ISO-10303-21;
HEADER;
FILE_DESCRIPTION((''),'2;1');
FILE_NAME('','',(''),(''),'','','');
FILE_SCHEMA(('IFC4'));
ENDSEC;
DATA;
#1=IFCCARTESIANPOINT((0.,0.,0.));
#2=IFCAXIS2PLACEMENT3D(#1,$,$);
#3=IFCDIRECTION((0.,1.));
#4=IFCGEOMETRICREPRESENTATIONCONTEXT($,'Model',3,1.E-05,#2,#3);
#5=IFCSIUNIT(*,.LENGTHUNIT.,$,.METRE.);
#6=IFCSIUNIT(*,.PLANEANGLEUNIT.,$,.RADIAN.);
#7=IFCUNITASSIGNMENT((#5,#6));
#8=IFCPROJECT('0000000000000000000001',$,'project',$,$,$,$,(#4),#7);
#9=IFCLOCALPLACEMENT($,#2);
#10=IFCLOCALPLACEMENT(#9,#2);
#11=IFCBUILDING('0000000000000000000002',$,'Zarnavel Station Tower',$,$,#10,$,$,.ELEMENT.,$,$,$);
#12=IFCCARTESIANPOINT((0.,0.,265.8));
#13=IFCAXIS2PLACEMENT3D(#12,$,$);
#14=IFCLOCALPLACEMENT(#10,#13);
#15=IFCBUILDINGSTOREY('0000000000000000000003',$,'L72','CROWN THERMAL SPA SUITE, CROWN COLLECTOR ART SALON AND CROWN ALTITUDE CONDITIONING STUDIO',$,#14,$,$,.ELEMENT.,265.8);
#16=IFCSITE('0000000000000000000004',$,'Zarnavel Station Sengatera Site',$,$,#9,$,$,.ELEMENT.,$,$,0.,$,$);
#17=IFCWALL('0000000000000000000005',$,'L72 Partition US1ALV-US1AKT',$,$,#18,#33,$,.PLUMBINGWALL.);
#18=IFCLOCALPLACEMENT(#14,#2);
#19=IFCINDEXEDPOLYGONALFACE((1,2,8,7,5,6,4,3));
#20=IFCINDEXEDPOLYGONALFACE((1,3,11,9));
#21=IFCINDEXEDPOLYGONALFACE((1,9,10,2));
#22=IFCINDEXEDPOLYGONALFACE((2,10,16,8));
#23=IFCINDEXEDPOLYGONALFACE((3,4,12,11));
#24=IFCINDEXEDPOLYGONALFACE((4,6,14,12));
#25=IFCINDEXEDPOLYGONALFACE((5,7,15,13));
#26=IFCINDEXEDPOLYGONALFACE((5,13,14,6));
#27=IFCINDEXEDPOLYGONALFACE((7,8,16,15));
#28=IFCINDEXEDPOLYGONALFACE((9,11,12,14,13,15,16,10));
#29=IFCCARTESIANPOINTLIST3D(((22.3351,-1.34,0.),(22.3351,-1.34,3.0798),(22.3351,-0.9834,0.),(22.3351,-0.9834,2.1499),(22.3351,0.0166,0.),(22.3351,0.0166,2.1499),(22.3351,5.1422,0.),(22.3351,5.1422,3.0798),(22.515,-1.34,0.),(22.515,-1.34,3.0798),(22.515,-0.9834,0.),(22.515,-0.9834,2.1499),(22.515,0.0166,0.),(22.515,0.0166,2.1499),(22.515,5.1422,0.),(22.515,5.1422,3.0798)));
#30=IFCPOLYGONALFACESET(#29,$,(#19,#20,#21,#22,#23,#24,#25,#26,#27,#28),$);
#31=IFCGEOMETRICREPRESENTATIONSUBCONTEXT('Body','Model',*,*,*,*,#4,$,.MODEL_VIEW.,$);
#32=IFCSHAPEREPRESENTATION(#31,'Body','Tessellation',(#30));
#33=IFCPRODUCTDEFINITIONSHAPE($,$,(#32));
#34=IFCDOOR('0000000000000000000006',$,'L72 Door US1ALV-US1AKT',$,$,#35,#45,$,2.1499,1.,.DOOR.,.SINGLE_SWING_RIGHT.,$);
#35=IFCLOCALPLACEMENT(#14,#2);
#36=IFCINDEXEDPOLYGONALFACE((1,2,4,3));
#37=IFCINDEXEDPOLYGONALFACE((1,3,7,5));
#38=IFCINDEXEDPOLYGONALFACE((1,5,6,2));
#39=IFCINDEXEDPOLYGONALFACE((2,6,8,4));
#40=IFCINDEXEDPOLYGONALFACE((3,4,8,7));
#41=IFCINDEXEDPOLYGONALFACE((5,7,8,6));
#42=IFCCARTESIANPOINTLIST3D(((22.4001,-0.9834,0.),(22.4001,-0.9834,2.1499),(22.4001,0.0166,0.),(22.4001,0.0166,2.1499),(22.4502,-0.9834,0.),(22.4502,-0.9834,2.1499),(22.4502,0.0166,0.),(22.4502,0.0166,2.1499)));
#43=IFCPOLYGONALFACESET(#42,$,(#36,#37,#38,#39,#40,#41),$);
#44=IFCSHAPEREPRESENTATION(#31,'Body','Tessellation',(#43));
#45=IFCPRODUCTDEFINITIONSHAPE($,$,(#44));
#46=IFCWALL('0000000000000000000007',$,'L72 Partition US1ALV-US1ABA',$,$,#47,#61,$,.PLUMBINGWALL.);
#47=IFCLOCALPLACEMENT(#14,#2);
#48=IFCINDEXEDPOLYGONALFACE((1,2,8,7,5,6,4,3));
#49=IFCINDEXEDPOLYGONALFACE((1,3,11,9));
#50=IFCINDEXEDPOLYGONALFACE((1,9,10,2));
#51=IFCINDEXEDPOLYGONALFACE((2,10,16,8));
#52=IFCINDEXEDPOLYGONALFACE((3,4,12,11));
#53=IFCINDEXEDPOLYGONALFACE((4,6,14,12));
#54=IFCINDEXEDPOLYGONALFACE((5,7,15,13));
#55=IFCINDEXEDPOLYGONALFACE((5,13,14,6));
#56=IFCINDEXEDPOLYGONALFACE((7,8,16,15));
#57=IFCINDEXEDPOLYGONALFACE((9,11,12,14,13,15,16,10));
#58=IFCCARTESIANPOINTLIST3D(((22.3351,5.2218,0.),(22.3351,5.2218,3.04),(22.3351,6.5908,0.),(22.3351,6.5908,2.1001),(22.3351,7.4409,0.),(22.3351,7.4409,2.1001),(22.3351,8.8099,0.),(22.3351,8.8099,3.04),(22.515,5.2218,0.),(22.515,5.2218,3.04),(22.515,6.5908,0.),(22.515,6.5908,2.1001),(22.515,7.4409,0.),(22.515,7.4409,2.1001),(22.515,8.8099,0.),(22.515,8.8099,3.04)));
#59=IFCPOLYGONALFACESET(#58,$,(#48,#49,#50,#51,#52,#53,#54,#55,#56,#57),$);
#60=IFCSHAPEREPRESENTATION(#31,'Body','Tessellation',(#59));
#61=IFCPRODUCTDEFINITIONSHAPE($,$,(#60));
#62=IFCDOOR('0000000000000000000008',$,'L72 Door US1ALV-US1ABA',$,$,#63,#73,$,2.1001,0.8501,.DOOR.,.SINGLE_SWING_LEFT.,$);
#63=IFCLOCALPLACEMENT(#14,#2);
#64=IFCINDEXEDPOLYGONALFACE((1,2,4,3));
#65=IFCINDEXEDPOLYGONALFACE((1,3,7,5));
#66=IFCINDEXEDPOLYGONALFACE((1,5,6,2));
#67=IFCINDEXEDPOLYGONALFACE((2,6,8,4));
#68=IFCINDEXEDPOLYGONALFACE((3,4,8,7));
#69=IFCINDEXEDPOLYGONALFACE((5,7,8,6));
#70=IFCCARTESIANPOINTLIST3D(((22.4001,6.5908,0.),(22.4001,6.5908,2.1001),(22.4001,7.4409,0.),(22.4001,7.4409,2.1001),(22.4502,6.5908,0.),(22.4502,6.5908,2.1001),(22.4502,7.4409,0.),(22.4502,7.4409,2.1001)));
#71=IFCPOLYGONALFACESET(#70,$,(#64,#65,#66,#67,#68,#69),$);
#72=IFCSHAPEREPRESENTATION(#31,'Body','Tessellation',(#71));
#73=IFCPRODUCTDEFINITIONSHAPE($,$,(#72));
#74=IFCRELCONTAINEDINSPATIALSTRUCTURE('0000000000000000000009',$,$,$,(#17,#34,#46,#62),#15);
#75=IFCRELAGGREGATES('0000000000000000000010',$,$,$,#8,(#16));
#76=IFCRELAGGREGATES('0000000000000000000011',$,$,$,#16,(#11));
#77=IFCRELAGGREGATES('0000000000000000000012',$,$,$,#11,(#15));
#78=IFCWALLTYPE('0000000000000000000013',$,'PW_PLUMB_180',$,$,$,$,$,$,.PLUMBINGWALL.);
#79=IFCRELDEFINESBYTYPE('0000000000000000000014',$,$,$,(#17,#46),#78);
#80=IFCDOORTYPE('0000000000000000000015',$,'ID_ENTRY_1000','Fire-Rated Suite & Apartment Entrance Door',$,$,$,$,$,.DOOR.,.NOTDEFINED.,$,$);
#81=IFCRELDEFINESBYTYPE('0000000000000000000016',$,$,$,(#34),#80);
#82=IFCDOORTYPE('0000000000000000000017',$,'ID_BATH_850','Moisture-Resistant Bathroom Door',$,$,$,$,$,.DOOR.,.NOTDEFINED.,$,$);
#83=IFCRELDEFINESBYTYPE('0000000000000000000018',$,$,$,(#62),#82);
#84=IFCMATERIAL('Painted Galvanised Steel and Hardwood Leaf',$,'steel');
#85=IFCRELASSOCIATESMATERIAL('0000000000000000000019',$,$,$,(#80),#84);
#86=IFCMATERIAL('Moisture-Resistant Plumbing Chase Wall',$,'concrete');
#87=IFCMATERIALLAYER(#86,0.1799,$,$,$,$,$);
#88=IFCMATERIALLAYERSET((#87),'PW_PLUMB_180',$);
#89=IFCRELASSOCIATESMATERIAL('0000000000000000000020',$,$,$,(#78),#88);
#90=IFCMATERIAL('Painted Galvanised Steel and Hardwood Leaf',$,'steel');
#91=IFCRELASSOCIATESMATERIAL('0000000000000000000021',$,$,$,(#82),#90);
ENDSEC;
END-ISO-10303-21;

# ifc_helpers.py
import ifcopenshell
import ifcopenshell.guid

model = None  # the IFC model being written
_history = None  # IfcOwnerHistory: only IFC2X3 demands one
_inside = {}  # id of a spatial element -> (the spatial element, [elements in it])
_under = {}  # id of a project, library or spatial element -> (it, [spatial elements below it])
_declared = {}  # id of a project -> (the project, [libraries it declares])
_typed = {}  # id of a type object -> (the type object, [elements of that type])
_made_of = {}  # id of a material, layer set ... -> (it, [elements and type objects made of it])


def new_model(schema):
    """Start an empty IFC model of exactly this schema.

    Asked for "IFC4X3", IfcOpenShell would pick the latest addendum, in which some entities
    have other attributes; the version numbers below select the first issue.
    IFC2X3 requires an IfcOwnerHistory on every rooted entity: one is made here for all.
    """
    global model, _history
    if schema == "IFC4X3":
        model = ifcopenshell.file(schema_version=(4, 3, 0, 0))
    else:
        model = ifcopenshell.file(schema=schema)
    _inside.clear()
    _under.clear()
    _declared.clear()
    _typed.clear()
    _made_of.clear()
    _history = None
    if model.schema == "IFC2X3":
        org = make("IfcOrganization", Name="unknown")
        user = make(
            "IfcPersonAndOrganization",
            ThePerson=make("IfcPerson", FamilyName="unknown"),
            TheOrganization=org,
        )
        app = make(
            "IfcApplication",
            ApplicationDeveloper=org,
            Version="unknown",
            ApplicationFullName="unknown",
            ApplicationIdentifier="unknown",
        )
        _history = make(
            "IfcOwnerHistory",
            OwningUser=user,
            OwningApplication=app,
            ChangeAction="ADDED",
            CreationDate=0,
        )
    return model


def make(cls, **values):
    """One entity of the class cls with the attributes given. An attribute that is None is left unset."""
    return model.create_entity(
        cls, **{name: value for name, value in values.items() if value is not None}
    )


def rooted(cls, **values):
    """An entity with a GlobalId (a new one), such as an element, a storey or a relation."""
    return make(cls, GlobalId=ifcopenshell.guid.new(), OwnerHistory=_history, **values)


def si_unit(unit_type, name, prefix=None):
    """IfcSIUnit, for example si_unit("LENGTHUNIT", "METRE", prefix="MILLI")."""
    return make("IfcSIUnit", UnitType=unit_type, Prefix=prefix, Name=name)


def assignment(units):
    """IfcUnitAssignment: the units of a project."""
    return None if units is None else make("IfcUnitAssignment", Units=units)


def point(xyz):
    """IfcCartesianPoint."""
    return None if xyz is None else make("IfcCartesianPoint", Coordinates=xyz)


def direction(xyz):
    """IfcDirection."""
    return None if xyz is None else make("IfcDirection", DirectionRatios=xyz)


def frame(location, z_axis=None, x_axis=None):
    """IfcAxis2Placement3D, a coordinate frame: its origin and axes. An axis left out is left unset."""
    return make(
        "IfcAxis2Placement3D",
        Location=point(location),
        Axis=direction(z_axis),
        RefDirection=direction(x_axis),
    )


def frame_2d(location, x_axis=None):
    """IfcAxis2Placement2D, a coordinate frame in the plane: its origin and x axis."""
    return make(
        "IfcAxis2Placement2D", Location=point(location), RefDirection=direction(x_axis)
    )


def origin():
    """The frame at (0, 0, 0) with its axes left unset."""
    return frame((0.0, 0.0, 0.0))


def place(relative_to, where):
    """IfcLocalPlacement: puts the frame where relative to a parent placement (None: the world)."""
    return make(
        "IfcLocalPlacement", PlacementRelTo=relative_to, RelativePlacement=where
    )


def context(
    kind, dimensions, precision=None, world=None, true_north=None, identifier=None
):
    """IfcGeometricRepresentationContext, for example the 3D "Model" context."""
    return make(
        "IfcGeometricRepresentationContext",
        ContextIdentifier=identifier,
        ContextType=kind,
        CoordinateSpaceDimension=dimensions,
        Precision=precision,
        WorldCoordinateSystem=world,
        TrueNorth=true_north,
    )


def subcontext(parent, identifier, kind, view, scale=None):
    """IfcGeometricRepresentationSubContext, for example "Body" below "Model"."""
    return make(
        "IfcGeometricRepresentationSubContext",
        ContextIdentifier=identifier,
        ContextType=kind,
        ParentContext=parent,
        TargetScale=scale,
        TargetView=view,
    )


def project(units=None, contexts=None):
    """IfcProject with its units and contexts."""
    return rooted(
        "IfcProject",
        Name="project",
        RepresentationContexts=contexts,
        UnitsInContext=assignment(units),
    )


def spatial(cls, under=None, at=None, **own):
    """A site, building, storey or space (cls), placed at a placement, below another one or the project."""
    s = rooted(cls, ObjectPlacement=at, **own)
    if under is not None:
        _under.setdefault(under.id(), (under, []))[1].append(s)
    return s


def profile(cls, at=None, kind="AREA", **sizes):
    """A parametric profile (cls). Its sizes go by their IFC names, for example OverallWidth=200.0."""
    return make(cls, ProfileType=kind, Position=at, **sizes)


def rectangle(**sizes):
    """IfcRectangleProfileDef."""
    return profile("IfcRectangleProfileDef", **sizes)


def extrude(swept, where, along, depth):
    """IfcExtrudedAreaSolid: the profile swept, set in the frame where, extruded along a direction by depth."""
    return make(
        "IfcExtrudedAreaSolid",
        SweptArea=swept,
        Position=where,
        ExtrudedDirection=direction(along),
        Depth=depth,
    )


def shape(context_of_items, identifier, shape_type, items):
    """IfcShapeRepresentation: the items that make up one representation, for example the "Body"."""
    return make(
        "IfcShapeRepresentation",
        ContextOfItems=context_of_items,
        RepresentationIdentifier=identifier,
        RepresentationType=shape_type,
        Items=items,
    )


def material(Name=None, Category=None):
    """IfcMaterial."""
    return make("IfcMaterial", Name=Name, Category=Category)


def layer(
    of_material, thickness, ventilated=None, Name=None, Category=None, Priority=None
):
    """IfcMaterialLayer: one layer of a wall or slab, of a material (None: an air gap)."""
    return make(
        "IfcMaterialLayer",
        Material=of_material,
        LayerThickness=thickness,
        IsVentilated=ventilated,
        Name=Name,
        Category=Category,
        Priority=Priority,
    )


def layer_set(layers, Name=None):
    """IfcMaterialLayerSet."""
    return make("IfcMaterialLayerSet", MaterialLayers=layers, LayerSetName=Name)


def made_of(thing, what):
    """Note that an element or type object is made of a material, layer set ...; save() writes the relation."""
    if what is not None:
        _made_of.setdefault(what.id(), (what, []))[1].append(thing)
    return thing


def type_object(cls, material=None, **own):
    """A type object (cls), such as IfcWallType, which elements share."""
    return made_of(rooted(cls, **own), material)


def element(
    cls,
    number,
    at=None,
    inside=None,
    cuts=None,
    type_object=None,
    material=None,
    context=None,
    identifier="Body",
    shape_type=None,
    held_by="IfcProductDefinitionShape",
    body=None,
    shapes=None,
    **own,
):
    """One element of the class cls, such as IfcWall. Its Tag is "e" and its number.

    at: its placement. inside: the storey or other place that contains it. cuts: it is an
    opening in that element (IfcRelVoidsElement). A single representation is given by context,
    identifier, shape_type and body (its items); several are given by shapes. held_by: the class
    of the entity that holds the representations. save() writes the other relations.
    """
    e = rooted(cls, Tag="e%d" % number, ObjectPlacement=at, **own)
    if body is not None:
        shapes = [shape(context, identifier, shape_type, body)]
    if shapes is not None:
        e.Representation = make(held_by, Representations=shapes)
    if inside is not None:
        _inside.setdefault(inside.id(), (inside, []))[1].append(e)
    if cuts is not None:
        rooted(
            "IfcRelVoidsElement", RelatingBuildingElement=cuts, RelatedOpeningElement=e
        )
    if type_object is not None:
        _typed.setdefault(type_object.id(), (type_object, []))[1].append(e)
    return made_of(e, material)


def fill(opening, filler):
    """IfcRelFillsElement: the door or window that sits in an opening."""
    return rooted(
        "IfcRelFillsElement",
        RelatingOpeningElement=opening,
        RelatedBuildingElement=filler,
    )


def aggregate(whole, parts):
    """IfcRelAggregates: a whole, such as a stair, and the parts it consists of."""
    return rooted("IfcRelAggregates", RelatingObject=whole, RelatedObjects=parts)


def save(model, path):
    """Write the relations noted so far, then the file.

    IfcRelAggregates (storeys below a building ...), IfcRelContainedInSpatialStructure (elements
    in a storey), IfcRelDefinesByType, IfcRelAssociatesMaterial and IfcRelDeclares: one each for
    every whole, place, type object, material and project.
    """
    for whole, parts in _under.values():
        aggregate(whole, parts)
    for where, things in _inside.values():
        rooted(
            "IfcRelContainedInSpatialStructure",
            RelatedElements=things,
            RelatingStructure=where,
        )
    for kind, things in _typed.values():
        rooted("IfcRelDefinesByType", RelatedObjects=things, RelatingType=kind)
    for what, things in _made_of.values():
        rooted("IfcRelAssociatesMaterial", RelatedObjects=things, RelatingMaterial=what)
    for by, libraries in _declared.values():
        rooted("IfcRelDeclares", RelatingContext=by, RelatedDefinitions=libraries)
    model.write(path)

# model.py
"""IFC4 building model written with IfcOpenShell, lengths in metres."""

from ifc_helpers import new_model, si_unit, direction, frame, frame_2d, origin, place, context, subcontext, project, spatial, rectangle, extrude, material, layer, layer_set, type_object, element, fill, save


model = new_model("IFC4")

# Units and contexts
model_context = context("Model", 3, precision=1e-05, world=origin(), true_north=direction((0.0, 1.0)))
body_context = subcontext(model_context, "Body", "Model", "MODEL_VIEW")
ifc_project = project(units=[si_unit("LENGTHUNIT", "METRE"), si_unit("PLANEANGLEUNIT", "RADIAN")], contexts=[model_context])

# Site, building, storey
site_placement = place(None, origin())
site = spatial("IfcSite", under=ifc_project, at=site_placement, Name="Zarnavel Station Sengatera Site", CompositionType="ELEMENT", RefElevation=0.0)
building_placement = place(site_placement, origin())
building = spatial("IfcBuilding", under=site, at=building_placement, Name="Zarnavel Station Tower", CompositionType="ELEMENT")
storey_placement = place(building_placement, frame((0.0, 0.0, 265.8)))
storey = spatial("IfcBuildingStorey", under=building, at=storey_placement, Name="L72", Description="CROWN THERMAL SPA SUITE, CROWN COLLECTOR ART SALON AND CROWN ALTITUDE CONDITIONING STUDIO", CompositionType="ELEMENT", Elevation=265.8)

# Shared definitions
ifc_material_1 = material(Name="Painted Galvanised Steel and Hardwood Leaf", Category="steel")
door_type_1 = type_object("IfcDoorType", Name="ID_ENTRY_1000", Description="Fire-Rated Suite & Apartment Entrance Door", OperationType="NOTDEFINED", PredefinedType="DOOR", material=ifc_material_1)

# Walls, openings, doors
ifc_material_2 = material(Name="Moisture-Resistant Plumbing Chase Wall", Category="concrete")
ifc_layer_1 = layer(ifc_material_2, 0.1799)
ifc_layer_set_1 = layer_set([ifc_layer_1], Name="PW_PLUMB_180")
wall_type_1 = type_object("IfcWallType", Name="PW_PLUMB_180", PredefinedType="PLUMBINGWALL", material=ifc_layer_set_1)
wall_1_placement = place(storey_placement, frame((22.425, -1.3401, 0.0), z_axis=(0.0, 0.0, 1.0), x_axis=(0.0, 1.0, 0.0)))
wall_1 = element("IfcWall", 1, at=wall_1_placement, inside=storey, type_object=wall_type_1, Name="L72 Partition US1ALV-US1AKT", PredefinedType="PLUMBINGWALL", context=body_context, shape_type="SweptSolid", body=[
    extrude(rectangle(XDim=6.4822, YDim=0.1799, at=frame_2d((3.2412, 0.0))), origin(), (0.0, 0.0, 1.0), 3.0798),
])
opening_1_placement = place(wall_1_placement, frame((0.3567, 0.0, 0.0)))
opening_1 = element("IfcOpeningElement", 2, at=opening_1_placement, cuts=wall_1, PredefinedType="OPENING", context=body_context, shape_type="SweptSolid", body=[
    extrude(rectangle(XDim=1.0, YDim=2.1499, at=frame_2d((0.5, 1.075))), frame((0.0, 0.0999, 0.0), z_axis=(0.0, -1.0, 0.0), x_axis=(1.0, 0.0, 0.0)), (0.0, 0.0, 1.0), 0.2),
])
door_1_placement = place(opening_1_placement, origin())
door_1 = element("IfcDoor", 3, at=door_1_placement, inside=storey, type_object=door_type_1, Name="L72 Door US1ALV-US1AKT", OperationType="SINGLE_SWING_RIGHT", OverallHeight=2.1499, OverallWidth=1.0, PredefinedType="DOOR", context=body_context, shape_type="SweptSolid", body=[
    extrude(rectangle(XDim=1.0, YDim=2.1499, at=frame_2d((0.5, 1.075))), frame((0.0, 0.0249, 0.0), z_axis=(0.0, -1.0, 0.0), x_axis=(1.0, 0.0, 0.0)), (0.0, 0.0, 1.0), 0.05),
])
fill(opening_1, door_1)
wall_2_placement = place(storey_placement, frame((22.425, 5.2219, 0.0), z_axis=(0.0, 0.0, 1.0), x_axis=(0.0, 1.0, 0.0)))
wall_2 = element("IfcWall", 4, at=wall_2_placement, inside=storey, type_object=wall_type_1, Name="L72 Partition US1ALV-US1ABA", PredefinedType="PLUMBINGWALL", context=body_context, shape_type="SweptSolid", body=[
    extrude(rectangle(XDim=3.5881, YDim=0.1799, at=frame_2d((1.7939, 0.0))), origin(), (0.0, 0.0, 1.0), 3.04),
])
opening_2_placement = place(wall_2_placement, frame((1.3689, 0.0, 0.0)))
opening_2 = element("IfcOpeningElement", 5, at=opening_2_placement, cuts=wall_2, PredefinedType="OPENING", context=body_context, shape_type="SweptSolid", body=[
    extrude(rectangle(XDim=0.8501, YDim=2.1001, at=frame_2d((0.425, 1.05))), frame((0.0, 0.0999, 0.0), z_axis=(0.0, -1.0, 0.0), x_axis=(1.0, 0.0, 0.0)), (0.0, 0.0, 1.0), 0.2),
])
ifc_material_3 = material(Name="Painted Galvanised Steel and Hardwood Leaf", Category="steel")
door_type_2 = type_object("IfcDoorType", Name="ID_BATH_850", Description="Moisture-Resistant Bathroom Door", OperationType="NOTDEFINED", PredefinedType="DOOR", material=ifc_material_3)
door_2_placement = place(opening_2_placement, origin())
door_2 = element("IfcDoor", 6, at=door_2_placement, inside=storey, type_object=door_type_2, Name="L72 Door US1ALV-US1ABA", OperationType="SINGLE_SWING_LEFT", OverallHeight=2.1001, OverallWidth=0.8501, PredefinedType="DOOR", context=body_context, shape_type="SweptSolid", body=[
    extrude(rectangle(XDim=0.8501, YDim=2.1001, at=frame_2d((0.425, 1.05))), frame((0.0, 0.0249, 0.0), z_axis=(0.0, -1.0, 0.0), x_axis=(1.0, 0.0, 0.0)), (0.0, 0.0, 1.0), 0.05),
])
fill(opening_2, door_2)

save(model, "model.ifc")
